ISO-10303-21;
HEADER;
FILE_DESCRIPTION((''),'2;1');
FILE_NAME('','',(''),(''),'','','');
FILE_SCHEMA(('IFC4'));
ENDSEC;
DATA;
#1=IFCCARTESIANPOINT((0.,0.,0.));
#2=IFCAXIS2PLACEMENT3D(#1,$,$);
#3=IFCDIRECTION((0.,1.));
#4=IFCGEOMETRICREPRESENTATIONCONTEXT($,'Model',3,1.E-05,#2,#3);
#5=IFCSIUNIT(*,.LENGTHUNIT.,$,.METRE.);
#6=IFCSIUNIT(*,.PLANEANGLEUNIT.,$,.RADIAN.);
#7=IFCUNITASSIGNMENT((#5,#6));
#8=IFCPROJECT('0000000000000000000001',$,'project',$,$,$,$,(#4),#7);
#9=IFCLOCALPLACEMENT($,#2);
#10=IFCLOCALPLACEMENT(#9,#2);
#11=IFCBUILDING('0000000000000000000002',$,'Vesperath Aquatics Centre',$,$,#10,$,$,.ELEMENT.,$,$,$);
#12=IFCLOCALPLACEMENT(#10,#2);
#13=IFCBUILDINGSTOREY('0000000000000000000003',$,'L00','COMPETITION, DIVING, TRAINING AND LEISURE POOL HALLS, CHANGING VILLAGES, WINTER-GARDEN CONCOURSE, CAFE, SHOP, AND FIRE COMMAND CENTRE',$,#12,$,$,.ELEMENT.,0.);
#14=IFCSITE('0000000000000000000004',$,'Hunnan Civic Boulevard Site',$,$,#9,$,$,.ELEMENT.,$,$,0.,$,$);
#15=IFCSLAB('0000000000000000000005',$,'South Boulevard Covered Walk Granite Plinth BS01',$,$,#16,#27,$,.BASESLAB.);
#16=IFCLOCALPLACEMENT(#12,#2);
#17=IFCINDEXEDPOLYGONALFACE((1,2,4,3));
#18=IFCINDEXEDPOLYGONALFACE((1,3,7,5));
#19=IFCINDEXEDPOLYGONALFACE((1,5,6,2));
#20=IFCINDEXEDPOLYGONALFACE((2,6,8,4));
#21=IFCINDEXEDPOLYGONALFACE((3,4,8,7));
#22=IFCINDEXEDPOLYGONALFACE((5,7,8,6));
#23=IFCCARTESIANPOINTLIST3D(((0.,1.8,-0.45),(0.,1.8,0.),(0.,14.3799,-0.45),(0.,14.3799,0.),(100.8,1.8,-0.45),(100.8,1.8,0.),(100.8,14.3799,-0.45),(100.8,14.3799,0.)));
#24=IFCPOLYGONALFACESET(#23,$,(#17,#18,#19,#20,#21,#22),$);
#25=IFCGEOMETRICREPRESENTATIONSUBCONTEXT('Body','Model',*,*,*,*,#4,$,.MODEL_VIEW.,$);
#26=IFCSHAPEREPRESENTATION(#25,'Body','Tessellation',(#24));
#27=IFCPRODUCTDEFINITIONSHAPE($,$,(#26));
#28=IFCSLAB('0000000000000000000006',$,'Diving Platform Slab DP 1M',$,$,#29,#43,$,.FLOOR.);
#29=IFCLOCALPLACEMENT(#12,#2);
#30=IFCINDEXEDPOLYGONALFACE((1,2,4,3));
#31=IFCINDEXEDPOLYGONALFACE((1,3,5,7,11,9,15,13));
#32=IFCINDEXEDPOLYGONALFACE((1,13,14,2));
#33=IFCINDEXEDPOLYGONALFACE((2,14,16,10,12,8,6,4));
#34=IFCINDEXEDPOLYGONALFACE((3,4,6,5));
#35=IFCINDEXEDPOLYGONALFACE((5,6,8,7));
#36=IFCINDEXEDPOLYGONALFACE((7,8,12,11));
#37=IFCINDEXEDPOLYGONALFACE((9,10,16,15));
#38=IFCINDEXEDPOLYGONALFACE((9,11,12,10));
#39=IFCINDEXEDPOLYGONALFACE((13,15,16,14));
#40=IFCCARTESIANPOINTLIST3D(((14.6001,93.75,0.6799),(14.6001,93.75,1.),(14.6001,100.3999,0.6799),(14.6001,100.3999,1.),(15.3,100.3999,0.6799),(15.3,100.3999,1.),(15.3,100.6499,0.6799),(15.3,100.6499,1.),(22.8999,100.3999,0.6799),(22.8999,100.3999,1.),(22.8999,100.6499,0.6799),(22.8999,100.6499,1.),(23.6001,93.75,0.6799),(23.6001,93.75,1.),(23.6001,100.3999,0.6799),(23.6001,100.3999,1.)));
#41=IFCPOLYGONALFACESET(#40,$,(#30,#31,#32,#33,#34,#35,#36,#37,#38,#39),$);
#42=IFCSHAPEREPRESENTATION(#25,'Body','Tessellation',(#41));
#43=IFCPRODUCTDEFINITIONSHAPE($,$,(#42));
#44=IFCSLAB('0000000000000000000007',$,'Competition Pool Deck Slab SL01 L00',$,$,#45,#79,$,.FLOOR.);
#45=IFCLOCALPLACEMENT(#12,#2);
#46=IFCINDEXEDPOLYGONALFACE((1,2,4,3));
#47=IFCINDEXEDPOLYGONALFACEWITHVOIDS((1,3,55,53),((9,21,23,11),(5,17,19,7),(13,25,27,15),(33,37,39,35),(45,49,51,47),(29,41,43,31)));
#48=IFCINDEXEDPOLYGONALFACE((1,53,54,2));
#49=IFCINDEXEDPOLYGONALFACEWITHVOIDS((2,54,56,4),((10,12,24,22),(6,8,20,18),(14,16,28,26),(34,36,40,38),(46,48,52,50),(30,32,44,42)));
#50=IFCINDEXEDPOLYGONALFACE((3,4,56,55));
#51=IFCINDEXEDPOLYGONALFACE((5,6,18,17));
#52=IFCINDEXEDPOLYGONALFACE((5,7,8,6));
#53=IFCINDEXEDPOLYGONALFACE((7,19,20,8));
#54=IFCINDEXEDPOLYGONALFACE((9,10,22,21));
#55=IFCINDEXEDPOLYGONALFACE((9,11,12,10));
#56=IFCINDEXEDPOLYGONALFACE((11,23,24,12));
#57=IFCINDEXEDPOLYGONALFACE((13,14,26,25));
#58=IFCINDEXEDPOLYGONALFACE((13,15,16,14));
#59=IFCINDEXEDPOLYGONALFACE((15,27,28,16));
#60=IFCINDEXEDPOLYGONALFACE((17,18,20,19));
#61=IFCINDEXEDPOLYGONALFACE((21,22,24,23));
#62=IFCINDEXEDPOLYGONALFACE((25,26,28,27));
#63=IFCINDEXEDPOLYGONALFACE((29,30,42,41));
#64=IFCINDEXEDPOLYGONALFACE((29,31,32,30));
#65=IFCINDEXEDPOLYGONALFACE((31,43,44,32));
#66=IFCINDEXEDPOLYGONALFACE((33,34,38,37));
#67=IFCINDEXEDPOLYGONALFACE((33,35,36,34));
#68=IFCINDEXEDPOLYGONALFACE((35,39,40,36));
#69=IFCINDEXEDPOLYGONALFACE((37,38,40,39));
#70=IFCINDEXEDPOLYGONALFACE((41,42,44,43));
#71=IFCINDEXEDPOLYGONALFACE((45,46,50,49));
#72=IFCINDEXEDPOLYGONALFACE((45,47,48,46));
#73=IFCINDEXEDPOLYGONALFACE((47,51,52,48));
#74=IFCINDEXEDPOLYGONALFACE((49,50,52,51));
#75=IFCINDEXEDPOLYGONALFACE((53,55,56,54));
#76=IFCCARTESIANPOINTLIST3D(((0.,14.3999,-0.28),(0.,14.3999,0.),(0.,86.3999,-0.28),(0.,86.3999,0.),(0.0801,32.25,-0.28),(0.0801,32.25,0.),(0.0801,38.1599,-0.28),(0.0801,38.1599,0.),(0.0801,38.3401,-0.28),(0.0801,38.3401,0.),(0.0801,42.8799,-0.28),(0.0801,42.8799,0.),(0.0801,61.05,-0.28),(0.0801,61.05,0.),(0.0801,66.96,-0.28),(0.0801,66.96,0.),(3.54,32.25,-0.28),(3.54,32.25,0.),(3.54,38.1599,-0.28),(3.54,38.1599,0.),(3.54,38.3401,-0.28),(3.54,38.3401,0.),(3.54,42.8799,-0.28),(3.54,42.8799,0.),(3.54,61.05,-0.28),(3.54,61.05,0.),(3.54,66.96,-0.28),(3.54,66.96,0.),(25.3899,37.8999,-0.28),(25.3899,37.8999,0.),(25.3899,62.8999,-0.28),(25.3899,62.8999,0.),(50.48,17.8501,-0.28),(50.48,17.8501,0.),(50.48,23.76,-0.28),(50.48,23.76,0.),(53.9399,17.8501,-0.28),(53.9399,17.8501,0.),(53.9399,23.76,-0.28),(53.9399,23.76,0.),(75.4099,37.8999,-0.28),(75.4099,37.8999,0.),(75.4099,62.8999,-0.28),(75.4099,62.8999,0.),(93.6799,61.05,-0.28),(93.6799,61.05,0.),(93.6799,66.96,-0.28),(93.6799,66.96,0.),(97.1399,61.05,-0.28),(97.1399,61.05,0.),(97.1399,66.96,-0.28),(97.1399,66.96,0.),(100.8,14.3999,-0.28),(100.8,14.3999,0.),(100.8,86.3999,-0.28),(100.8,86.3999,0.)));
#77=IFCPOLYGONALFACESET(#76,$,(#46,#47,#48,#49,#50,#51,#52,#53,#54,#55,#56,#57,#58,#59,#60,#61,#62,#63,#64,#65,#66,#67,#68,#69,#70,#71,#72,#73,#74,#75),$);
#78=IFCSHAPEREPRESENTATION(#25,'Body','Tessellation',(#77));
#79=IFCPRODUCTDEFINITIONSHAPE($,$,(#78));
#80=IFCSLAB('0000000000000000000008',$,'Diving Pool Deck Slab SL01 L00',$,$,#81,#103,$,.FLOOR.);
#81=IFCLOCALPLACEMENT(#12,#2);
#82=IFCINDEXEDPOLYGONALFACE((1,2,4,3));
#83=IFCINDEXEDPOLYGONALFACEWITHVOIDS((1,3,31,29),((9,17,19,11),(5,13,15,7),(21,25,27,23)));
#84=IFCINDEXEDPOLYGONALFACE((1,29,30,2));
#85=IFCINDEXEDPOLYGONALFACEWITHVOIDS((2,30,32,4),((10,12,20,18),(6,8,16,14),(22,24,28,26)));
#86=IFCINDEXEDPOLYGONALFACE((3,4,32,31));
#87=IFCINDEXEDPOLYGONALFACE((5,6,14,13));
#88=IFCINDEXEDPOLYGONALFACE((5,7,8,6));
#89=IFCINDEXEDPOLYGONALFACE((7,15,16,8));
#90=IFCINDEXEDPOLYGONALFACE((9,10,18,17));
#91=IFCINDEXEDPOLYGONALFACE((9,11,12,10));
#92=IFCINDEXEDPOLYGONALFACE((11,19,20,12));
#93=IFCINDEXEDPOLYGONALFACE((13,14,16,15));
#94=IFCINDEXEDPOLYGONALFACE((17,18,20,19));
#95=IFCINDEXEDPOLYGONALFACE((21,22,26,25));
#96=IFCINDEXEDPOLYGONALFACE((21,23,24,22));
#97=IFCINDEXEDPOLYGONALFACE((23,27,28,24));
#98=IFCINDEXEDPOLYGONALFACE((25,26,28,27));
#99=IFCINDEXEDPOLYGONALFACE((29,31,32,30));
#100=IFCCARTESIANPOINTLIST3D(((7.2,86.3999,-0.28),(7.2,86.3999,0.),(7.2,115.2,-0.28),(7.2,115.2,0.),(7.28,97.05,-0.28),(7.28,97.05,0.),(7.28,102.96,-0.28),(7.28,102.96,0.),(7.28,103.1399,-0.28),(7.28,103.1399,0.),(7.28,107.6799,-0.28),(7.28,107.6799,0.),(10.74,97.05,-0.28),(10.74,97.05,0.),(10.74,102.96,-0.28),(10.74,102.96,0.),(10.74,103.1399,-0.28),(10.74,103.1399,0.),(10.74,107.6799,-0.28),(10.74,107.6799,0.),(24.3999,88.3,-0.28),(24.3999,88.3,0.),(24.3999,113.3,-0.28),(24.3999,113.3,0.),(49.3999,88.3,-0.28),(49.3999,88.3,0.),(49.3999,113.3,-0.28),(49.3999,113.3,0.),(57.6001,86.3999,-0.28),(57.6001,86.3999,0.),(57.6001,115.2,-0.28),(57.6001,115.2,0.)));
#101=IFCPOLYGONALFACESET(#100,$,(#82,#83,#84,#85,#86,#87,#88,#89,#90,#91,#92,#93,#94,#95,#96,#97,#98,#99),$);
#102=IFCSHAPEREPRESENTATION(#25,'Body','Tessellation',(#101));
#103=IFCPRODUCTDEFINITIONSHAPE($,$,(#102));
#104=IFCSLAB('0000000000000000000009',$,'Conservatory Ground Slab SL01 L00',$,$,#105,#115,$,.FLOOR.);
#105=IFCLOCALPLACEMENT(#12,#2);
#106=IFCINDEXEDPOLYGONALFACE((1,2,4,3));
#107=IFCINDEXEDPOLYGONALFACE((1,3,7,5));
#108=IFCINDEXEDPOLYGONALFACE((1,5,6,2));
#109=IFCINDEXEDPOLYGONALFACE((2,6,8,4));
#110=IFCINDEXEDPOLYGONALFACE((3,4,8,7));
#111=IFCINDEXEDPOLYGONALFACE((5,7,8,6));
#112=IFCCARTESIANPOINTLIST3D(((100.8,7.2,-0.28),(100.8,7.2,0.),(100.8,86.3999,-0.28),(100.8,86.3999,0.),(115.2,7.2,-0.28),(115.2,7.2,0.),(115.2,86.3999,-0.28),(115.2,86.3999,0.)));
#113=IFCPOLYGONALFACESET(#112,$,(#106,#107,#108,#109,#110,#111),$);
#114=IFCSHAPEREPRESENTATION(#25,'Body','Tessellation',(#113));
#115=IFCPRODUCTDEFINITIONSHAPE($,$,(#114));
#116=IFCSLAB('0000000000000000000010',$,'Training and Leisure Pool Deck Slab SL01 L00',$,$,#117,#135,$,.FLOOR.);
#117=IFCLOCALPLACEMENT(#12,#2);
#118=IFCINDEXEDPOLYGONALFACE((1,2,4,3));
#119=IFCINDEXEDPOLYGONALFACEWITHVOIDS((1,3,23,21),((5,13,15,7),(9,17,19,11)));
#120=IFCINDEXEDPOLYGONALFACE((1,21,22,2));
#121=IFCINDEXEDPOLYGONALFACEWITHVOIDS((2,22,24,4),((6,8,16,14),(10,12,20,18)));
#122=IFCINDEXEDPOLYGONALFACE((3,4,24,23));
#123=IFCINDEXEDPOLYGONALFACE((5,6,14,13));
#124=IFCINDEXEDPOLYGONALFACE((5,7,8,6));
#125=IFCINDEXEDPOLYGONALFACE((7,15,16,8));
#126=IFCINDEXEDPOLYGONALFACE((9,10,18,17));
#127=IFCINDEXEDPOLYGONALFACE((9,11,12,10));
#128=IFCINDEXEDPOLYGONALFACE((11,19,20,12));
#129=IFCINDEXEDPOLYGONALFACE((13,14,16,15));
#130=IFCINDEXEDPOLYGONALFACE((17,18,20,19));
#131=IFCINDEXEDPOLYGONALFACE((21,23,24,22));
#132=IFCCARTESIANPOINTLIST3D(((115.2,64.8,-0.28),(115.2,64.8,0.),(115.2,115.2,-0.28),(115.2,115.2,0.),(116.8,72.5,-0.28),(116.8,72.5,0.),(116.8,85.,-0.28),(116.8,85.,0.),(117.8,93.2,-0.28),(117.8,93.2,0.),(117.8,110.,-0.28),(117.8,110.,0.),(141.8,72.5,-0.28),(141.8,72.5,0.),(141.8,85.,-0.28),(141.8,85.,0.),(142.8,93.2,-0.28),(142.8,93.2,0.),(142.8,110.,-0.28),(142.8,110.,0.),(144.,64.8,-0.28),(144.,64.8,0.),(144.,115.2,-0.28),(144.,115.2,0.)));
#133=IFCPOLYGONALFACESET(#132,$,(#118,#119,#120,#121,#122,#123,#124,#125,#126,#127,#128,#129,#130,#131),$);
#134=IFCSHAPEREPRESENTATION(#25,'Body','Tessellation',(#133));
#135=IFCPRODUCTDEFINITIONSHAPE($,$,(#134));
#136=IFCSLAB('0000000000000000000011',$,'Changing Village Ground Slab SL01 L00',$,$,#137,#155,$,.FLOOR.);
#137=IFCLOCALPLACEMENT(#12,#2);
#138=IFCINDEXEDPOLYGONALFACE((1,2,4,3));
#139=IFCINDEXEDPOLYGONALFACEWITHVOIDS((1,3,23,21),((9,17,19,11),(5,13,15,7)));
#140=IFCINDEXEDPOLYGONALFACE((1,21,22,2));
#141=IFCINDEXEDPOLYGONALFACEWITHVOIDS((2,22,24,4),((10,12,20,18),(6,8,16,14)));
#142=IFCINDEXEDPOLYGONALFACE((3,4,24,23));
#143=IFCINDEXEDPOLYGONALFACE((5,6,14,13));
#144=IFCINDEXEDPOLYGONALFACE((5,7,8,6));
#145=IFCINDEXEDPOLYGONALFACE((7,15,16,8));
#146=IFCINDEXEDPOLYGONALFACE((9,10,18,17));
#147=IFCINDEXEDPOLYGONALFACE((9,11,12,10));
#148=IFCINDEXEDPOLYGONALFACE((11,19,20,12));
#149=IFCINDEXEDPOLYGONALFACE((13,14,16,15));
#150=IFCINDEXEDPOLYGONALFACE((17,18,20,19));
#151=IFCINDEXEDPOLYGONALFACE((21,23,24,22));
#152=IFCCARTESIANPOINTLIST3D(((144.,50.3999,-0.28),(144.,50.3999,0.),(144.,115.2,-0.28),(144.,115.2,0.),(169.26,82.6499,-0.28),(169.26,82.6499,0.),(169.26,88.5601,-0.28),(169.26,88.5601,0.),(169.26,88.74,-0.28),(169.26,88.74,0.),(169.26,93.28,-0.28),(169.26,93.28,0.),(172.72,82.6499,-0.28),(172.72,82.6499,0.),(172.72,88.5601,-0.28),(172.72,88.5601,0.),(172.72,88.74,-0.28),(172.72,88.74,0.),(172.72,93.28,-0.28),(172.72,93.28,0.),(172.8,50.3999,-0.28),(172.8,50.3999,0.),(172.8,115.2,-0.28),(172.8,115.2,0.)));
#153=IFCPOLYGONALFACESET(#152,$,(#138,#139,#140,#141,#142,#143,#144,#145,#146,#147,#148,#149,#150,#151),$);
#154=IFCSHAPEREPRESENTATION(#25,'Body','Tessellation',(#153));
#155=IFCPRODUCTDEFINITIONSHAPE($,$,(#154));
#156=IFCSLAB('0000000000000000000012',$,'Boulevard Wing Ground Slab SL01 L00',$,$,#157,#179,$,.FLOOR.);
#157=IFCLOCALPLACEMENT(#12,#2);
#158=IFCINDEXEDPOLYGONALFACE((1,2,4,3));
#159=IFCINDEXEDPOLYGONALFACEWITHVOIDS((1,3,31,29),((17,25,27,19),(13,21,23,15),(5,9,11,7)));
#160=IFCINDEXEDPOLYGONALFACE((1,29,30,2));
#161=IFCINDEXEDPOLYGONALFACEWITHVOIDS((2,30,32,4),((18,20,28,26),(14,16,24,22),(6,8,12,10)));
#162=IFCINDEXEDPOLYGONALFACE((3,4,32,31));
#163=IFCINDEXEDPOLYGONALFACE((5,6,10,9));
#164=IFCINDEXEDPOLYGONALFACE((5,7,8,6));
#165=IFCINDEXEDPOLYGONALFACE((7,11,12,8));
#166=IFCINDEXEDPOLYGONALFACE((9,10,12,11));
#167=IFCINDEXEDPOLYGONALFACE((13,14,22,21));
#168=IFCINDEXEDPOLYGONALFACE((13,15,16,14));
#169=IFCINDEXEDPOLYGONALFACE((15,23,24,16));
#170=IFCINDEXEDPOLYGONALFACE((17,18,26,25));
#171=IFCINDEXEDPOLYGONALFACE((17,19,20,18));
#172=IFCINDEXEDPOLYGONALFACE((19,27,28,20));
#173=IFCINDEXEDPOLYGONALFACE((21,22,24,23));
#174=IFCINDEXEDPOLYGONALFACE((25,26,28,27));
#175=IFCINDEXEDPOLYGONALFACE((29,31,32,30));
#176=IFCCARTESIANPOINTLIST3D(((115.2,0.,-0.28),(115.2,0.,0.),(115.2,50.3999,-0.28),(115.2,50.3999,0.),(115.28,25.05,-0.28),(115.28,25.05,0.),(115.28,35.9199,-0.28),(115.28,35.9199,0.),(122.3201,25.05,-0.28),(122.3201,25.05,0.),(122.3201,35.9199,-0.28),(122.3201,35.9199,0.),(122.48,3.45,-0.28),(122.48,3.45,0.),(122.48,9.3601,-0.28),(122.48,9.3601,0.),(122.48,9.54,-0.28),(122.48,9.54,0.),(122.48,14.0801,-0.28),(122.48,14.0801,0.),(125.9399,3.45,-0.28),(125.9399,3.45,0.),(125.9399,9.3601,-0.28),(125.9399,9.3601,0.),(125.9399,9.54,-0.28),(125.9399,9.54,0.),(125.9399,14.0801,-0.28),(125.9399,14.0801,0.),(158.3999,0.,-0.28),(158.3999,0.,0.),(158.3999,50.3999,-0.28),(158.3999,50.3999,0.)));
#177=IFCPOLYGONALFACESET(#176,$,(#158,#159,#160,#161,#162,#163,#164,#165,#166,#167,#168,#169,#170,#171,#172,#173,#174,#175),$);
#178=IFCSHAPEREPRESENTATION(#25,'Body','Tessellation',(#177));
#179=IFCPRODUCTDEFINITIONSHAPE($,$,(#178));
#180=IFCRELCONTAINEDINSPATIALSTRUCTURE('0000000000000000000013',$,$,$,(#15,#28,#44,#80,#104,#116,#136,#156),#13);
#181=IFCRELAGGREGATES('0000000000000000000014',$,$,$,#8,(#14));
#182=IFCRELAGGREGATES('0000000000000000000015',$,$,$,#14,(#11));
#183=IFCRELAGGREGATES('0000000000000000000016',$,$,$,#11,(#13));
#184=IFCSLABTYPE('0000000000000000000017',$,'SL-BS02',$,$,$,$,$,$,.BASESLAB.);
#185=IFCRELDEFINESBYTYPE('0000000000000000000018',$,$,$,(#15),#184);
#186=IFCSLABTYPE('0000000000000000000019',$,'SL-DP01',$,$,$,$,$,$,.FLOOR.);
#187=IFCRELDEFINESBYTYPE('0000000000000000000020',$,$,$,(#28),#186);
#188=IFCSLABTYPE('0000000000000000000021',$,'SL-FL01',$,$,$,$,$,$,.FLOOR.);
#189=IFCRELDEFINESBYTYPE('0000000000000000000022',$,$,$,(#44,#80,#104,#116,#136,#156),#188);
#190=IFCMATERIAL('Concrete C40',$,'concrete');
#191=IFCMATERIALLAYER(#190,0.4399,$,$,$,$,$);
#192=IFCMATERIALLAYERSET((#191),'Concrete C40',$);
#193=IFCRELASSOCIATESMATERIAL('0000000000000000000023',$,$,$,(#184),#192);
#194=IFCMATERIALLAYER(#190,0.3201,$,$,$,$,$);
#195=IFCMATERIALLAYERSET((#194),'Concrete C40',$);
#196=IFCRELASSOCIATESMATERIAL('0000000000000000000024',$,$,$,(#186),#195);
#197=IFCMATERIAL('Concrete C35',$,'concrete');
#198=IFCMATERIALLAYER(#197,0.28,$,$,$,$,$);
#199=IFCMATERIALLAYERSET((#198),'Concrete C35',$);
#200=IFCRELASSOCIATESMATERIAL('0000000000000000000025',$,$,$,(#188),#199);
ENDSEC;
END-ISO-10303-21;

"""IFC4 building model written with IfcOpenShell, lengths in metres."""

from ifc_helpers import new_model, si_unit, direction, frame, origin, place, context, subcontext, project, spatial, polyline, outline, extrude, material, layer, layer_set, type_object, element, save


model = new_model("IFC4")

# Units and contexts
model_context = context("Model", 3, precision=1e-05, world=origin(), true_north=direction((0.0, 1.0)))
body_context = subcontext(model_context, "Body", "Model", "MODEL_VIEW")
ifc_project = project(units=[si_unit("LENGTHUNIT", "METRE"), si_unit("PLANEANGLEUNIT", "RADIAN")], contexts=[model_context])

# Site, building, storey
site_placement = place(None, origin())
site = spatial("IfcSite", under=ifc_project, at=site_placement, Name="Hunnan Civic Boulevard Site", CompositionType="ELEMENT", RefElevation=0.0)
building_placement = place(site_placement, origin())
building = spatial("IfcBuilding", under=site, at=building_placement, Name="Vesperath Aquatics Centre", CompositionType="ELEMENT")
storey_placement = place(building_placement, origin())
storey = spatial("IfcBuildingStorey", under=building, at=storey_placement, Name="L00", Description="COMPETITION, DIVING, TRAINING AND LEISURE POOL HALLS, CHANGING VILLAGES, WINTER-GARDEN CONCOURSE, CAFE, SHOP, AND FIRE COMMAND CENTRE", CompositionType="ELEMENT", Elevation=0.0)

# Slabs
ifc_material_1 = material(Name="Concrete C40", Category="concrete")
ifc_layer_1 = layer(ifc_material_1, 0.4399)
ifc_layer_set_1 = layer_set([ifc_layer_1], Name="Concrete C40")
slab_type_1 = type_object("IfcSlabType", Name="SL-BS02", PredefinedType="BASESLAB", material=ifc_layer_set_1)
slab_1_placement = place(storey_placement, frame((0.0, 0.0, -0.45)))
element("IfcSlab", 1, at=slab_1_placement, inside=storey, type_object=slab_type_1, Name="South Boulevard Covered Walk Granite Plinth BS01", PredefinedType="BASESLAB", context=body_context, shape_type="SweptSolid", body=[
    extrude(outline(polyline([(0.0, 1.8), (100.8, 1.8), (100.8, 14.3799), (0.0, 14.3799), (0.0, 1.8)])), origin(), (0.0, 0.0, 1.0), 0.45),
])
ifc_layer_2 = layer(ifc_material_1, 0.3201)
ifc_layer_set_2 = layer_set([ifc_layer_2], Name="Concrete C40")
slab_type_2 = type_object("IfcSlabType", Name="SL-DP01", PredefinedType="FLOOR", material=ifc_layer_set_2)
slab_2_placement = place(storey_placement, frame((0.0, 0.0, 0.6799)))
element("IfcSlab", 2, at=slab_2_placement, inside=storey, type_object=slab_type_2, Name="Diving Platform Slab DP 1M", PredefinedType="FLOOR", context=body_context, shape_type="SweptSolid", body=[
    extrude(outline(polyline([(14.6001, 93.75), (23.6001, 93.75), (23.6001, 100.3999), (22.8999, 100.3999), (22.8999, 100.6499), (15.3, 100.6499), (15.3, 100.3999), (14.6001, 100.3999), (14.6001, 93.75)])), origin(), (0.0, 0.0, 1.0), 0.3201),
])
ifc_material_2 = material(Name="Concrete C35", Category="concrete")
ifc_layer_3 = layer(ifc_material_2, 0.28)
ifc_layer_set_3 = layer_set([ifc_layer_3], Name="Concrete C35")
slab_type_3 = type_object("IfcSlabType", Name="SL-FL01", PredefinedType="FLOOR", material=ifc_layer_set_3)
slab_3_placement = place(storey_placement, frame((0.0, 0.0, -0.28)))
element("IfcSlab", 3, at=slab_3_placement, inside=storey, type_object=slab_type_3, Name="Competition Pool Deck Slab SL01 L00", PredefinedType="FLOOR", context=body_context, shape_type="SweptSolid", body=[
    extrude(outline(polyline([(0.0, 14.3999), (100.8, 14.3999), (100.8, 86.3999), (0.0, 86.3999), (0.0, 14.3999)]), holes=[polyline([(0.0801, 32.25), (3.54, 32.25), (3.54, 38.1599), (0.0801, 38.1599), (0.0801, 32.25)]), polyline([(0.0801, 38.3401), (3.54, 38.3401), (3.54, 42.8799), (0.0801, 42.8799), (0.0801, 38.3401)]), polyline([(0.0801, 61.05), (3.54, 61.05), (3.54, 66.96), (0.0801, 66.96), (0.0801, 61.05)]), polyline([(93.6799, 61.05), (97.1399, 61.05), (97.1399, 66.96), (93.6799, 66.96), (93.6799, 61.05)]), polyline([(50.48, 17.8501), (53.9399, 17.8501), (53.9399, 23.76), (50.48, 23.76), (50.48, 17.8501)]), polyline([(25.3899, 37.8999), (75.4099, 37.8999), (75.4099, 62.8999), (25.3899, 62.8999), (25.3899, 37.8999)])]), origin(), (0.0, 0.0, 1.0), 0.28),
])
slab_4_placement = place(storey_placement, frame((0.0, 0.0, -0.28)))
element("IfcSlab", 4, at=slab_4_placement, inside=storey, type_object=slab_type_3, Name="Diving Pool Deck Slab SL01 L00", PredefinedType="FLOOR", context=body_context, shape_type="SweptSolid", body=[
    extrude(outline(polyline([(7.2, 86.3999), (57.6001, 86.3999), (57.6001, 115.2), (7.2, 115.2), (7.2, 86.3999)]), holes=[polyline([(7.28, 97.05), (10.74, 97.05), (10.74, 102.96), (7.28, 102.96), (7.28, 97.05)]), polyline([(7.28, 103.1399), (10.74, 103.1399), (10.74, 107.6799), (7.28, 107.6799), (7.28, 103.1399)]), polyline([(24.3999, 88.3), (49.3999, 88.3), (49.3999, 113.3), (24.3999, 113.3), (24.3999, 88.3)])]), origin(), (0.0, 0.0, 1.0), 0.28),
])
slab_5_placement = place(storey_placement, frame((0.0, 0.0, -0.28)))
element("IfcSlab", 5, at=slab_5_placement, inside=storey, type_object=slab_type_3, Name="Conservatory Ground Slab SL01 L00", PredefinedType="FLOOR", context=body_context, shape_type="SweptSolid", body=[
    extrude(outline(polyline([(100.8, 7.2), (115.2, 7.2), (115.2, 86.3999), (100.8, 86.3999), (100.8, 7.2)])), origin(), (0.0, 0.0, 1.0), 0.28),
])
slab_6_placement = place(storey_placement, frame((0.0, 0.0, -0.28)))
element("IfcSlab", 6, at=slab_6_placement, inside=storey, type_object=slab_type_3, Name="Training and Leisure Pool Deck Slab SL01 L00", PredefinedType="FLOOR", context=body_context, shape_type="SweptSolid", body=[
    extrude(outline(polyline([(115.2, 64.8), (144.0, 64.8), (144.0, 115.2), (115.2, 115.2), (115.2, 64.8)]), holes=[polyline([(117.8, 93.2), (142.8, 93.2), (142.8, 110.0), (117.8, 110.0), (117.8, 93.2)]), polyline([(116.8, 72.5), (141.8, 72.5), (141.8, 85.0), (116.8, 85.0), (116.8, 72.5)])]), origin(), (0.0, 0.0, 1.0), 0.28),
])
slab_7_placement = place(storey_placement, frame((0.0, 0.0, -0.28)))
element("IfcSlab", 7, at=slab_7_placement, inside=storey, type_object=slab_type_3, Name="Changing Village Ground Slab SL01 L00", PredefinedType="FLOOR", context=body_context, shape_type="SweptSolid", body=[
    extrude(outline(polyline([(144.0, 50.3999), (172.8, 50.3999), (172.8, 115.2), (144.0, 115.2), (144.0, 50.3999)]), holes=[polyline([(169.26, 82.6499), (172.72, 82.6499), (172.72, 88.5601), (169.26, 88.5601), (169.26, 82.6499)]), polyline([(169.26, 88.74), (172.72, 88.74), (172.72, 93.28), (169.26, 93.28), (169.26, 88.74)])]), origin(), (0.0, 0.0, 1.0), 0.28),
])
slab_8_placement = place(storey_placement, frame((0.0, 0.0, -0.28)))
element("IfcSlab", 8, at=slab_8_placement, inside=storey, type_object=slab_type_3, Name="Boulevard Wing Ground Slab SL01 L00", PredefinedType="FLOOR", context=body_context, shape_type="SweptSolid", body=[
    extrude(outline(polyline([(115.2, 0.0), (158.3999, 0.0), (158.3999, 50.3999), (115.2, 50.3999), (115.2, 0.0)]), holes=[polyline([(122.48, 3.45), (125.9399, 3.45), (125.9399, 9.3601), (122.48, 9.3601), (122.48, 3.45)]), polyline([(122.48, 9.54), (125.9399, 9.54), (125.9399, 14.0801), (122.48, 14.0801), (122.48, 9.54)]), polyline([(115.28, 25.05), (122.3201, 25.05), (122.3201, 35.9199), (115.28, 35.9199), (115.28, 25.05)])]), origin(), (0.0, 0.0, 1.0), 0.28),
])

save(model, "model.ifc")
